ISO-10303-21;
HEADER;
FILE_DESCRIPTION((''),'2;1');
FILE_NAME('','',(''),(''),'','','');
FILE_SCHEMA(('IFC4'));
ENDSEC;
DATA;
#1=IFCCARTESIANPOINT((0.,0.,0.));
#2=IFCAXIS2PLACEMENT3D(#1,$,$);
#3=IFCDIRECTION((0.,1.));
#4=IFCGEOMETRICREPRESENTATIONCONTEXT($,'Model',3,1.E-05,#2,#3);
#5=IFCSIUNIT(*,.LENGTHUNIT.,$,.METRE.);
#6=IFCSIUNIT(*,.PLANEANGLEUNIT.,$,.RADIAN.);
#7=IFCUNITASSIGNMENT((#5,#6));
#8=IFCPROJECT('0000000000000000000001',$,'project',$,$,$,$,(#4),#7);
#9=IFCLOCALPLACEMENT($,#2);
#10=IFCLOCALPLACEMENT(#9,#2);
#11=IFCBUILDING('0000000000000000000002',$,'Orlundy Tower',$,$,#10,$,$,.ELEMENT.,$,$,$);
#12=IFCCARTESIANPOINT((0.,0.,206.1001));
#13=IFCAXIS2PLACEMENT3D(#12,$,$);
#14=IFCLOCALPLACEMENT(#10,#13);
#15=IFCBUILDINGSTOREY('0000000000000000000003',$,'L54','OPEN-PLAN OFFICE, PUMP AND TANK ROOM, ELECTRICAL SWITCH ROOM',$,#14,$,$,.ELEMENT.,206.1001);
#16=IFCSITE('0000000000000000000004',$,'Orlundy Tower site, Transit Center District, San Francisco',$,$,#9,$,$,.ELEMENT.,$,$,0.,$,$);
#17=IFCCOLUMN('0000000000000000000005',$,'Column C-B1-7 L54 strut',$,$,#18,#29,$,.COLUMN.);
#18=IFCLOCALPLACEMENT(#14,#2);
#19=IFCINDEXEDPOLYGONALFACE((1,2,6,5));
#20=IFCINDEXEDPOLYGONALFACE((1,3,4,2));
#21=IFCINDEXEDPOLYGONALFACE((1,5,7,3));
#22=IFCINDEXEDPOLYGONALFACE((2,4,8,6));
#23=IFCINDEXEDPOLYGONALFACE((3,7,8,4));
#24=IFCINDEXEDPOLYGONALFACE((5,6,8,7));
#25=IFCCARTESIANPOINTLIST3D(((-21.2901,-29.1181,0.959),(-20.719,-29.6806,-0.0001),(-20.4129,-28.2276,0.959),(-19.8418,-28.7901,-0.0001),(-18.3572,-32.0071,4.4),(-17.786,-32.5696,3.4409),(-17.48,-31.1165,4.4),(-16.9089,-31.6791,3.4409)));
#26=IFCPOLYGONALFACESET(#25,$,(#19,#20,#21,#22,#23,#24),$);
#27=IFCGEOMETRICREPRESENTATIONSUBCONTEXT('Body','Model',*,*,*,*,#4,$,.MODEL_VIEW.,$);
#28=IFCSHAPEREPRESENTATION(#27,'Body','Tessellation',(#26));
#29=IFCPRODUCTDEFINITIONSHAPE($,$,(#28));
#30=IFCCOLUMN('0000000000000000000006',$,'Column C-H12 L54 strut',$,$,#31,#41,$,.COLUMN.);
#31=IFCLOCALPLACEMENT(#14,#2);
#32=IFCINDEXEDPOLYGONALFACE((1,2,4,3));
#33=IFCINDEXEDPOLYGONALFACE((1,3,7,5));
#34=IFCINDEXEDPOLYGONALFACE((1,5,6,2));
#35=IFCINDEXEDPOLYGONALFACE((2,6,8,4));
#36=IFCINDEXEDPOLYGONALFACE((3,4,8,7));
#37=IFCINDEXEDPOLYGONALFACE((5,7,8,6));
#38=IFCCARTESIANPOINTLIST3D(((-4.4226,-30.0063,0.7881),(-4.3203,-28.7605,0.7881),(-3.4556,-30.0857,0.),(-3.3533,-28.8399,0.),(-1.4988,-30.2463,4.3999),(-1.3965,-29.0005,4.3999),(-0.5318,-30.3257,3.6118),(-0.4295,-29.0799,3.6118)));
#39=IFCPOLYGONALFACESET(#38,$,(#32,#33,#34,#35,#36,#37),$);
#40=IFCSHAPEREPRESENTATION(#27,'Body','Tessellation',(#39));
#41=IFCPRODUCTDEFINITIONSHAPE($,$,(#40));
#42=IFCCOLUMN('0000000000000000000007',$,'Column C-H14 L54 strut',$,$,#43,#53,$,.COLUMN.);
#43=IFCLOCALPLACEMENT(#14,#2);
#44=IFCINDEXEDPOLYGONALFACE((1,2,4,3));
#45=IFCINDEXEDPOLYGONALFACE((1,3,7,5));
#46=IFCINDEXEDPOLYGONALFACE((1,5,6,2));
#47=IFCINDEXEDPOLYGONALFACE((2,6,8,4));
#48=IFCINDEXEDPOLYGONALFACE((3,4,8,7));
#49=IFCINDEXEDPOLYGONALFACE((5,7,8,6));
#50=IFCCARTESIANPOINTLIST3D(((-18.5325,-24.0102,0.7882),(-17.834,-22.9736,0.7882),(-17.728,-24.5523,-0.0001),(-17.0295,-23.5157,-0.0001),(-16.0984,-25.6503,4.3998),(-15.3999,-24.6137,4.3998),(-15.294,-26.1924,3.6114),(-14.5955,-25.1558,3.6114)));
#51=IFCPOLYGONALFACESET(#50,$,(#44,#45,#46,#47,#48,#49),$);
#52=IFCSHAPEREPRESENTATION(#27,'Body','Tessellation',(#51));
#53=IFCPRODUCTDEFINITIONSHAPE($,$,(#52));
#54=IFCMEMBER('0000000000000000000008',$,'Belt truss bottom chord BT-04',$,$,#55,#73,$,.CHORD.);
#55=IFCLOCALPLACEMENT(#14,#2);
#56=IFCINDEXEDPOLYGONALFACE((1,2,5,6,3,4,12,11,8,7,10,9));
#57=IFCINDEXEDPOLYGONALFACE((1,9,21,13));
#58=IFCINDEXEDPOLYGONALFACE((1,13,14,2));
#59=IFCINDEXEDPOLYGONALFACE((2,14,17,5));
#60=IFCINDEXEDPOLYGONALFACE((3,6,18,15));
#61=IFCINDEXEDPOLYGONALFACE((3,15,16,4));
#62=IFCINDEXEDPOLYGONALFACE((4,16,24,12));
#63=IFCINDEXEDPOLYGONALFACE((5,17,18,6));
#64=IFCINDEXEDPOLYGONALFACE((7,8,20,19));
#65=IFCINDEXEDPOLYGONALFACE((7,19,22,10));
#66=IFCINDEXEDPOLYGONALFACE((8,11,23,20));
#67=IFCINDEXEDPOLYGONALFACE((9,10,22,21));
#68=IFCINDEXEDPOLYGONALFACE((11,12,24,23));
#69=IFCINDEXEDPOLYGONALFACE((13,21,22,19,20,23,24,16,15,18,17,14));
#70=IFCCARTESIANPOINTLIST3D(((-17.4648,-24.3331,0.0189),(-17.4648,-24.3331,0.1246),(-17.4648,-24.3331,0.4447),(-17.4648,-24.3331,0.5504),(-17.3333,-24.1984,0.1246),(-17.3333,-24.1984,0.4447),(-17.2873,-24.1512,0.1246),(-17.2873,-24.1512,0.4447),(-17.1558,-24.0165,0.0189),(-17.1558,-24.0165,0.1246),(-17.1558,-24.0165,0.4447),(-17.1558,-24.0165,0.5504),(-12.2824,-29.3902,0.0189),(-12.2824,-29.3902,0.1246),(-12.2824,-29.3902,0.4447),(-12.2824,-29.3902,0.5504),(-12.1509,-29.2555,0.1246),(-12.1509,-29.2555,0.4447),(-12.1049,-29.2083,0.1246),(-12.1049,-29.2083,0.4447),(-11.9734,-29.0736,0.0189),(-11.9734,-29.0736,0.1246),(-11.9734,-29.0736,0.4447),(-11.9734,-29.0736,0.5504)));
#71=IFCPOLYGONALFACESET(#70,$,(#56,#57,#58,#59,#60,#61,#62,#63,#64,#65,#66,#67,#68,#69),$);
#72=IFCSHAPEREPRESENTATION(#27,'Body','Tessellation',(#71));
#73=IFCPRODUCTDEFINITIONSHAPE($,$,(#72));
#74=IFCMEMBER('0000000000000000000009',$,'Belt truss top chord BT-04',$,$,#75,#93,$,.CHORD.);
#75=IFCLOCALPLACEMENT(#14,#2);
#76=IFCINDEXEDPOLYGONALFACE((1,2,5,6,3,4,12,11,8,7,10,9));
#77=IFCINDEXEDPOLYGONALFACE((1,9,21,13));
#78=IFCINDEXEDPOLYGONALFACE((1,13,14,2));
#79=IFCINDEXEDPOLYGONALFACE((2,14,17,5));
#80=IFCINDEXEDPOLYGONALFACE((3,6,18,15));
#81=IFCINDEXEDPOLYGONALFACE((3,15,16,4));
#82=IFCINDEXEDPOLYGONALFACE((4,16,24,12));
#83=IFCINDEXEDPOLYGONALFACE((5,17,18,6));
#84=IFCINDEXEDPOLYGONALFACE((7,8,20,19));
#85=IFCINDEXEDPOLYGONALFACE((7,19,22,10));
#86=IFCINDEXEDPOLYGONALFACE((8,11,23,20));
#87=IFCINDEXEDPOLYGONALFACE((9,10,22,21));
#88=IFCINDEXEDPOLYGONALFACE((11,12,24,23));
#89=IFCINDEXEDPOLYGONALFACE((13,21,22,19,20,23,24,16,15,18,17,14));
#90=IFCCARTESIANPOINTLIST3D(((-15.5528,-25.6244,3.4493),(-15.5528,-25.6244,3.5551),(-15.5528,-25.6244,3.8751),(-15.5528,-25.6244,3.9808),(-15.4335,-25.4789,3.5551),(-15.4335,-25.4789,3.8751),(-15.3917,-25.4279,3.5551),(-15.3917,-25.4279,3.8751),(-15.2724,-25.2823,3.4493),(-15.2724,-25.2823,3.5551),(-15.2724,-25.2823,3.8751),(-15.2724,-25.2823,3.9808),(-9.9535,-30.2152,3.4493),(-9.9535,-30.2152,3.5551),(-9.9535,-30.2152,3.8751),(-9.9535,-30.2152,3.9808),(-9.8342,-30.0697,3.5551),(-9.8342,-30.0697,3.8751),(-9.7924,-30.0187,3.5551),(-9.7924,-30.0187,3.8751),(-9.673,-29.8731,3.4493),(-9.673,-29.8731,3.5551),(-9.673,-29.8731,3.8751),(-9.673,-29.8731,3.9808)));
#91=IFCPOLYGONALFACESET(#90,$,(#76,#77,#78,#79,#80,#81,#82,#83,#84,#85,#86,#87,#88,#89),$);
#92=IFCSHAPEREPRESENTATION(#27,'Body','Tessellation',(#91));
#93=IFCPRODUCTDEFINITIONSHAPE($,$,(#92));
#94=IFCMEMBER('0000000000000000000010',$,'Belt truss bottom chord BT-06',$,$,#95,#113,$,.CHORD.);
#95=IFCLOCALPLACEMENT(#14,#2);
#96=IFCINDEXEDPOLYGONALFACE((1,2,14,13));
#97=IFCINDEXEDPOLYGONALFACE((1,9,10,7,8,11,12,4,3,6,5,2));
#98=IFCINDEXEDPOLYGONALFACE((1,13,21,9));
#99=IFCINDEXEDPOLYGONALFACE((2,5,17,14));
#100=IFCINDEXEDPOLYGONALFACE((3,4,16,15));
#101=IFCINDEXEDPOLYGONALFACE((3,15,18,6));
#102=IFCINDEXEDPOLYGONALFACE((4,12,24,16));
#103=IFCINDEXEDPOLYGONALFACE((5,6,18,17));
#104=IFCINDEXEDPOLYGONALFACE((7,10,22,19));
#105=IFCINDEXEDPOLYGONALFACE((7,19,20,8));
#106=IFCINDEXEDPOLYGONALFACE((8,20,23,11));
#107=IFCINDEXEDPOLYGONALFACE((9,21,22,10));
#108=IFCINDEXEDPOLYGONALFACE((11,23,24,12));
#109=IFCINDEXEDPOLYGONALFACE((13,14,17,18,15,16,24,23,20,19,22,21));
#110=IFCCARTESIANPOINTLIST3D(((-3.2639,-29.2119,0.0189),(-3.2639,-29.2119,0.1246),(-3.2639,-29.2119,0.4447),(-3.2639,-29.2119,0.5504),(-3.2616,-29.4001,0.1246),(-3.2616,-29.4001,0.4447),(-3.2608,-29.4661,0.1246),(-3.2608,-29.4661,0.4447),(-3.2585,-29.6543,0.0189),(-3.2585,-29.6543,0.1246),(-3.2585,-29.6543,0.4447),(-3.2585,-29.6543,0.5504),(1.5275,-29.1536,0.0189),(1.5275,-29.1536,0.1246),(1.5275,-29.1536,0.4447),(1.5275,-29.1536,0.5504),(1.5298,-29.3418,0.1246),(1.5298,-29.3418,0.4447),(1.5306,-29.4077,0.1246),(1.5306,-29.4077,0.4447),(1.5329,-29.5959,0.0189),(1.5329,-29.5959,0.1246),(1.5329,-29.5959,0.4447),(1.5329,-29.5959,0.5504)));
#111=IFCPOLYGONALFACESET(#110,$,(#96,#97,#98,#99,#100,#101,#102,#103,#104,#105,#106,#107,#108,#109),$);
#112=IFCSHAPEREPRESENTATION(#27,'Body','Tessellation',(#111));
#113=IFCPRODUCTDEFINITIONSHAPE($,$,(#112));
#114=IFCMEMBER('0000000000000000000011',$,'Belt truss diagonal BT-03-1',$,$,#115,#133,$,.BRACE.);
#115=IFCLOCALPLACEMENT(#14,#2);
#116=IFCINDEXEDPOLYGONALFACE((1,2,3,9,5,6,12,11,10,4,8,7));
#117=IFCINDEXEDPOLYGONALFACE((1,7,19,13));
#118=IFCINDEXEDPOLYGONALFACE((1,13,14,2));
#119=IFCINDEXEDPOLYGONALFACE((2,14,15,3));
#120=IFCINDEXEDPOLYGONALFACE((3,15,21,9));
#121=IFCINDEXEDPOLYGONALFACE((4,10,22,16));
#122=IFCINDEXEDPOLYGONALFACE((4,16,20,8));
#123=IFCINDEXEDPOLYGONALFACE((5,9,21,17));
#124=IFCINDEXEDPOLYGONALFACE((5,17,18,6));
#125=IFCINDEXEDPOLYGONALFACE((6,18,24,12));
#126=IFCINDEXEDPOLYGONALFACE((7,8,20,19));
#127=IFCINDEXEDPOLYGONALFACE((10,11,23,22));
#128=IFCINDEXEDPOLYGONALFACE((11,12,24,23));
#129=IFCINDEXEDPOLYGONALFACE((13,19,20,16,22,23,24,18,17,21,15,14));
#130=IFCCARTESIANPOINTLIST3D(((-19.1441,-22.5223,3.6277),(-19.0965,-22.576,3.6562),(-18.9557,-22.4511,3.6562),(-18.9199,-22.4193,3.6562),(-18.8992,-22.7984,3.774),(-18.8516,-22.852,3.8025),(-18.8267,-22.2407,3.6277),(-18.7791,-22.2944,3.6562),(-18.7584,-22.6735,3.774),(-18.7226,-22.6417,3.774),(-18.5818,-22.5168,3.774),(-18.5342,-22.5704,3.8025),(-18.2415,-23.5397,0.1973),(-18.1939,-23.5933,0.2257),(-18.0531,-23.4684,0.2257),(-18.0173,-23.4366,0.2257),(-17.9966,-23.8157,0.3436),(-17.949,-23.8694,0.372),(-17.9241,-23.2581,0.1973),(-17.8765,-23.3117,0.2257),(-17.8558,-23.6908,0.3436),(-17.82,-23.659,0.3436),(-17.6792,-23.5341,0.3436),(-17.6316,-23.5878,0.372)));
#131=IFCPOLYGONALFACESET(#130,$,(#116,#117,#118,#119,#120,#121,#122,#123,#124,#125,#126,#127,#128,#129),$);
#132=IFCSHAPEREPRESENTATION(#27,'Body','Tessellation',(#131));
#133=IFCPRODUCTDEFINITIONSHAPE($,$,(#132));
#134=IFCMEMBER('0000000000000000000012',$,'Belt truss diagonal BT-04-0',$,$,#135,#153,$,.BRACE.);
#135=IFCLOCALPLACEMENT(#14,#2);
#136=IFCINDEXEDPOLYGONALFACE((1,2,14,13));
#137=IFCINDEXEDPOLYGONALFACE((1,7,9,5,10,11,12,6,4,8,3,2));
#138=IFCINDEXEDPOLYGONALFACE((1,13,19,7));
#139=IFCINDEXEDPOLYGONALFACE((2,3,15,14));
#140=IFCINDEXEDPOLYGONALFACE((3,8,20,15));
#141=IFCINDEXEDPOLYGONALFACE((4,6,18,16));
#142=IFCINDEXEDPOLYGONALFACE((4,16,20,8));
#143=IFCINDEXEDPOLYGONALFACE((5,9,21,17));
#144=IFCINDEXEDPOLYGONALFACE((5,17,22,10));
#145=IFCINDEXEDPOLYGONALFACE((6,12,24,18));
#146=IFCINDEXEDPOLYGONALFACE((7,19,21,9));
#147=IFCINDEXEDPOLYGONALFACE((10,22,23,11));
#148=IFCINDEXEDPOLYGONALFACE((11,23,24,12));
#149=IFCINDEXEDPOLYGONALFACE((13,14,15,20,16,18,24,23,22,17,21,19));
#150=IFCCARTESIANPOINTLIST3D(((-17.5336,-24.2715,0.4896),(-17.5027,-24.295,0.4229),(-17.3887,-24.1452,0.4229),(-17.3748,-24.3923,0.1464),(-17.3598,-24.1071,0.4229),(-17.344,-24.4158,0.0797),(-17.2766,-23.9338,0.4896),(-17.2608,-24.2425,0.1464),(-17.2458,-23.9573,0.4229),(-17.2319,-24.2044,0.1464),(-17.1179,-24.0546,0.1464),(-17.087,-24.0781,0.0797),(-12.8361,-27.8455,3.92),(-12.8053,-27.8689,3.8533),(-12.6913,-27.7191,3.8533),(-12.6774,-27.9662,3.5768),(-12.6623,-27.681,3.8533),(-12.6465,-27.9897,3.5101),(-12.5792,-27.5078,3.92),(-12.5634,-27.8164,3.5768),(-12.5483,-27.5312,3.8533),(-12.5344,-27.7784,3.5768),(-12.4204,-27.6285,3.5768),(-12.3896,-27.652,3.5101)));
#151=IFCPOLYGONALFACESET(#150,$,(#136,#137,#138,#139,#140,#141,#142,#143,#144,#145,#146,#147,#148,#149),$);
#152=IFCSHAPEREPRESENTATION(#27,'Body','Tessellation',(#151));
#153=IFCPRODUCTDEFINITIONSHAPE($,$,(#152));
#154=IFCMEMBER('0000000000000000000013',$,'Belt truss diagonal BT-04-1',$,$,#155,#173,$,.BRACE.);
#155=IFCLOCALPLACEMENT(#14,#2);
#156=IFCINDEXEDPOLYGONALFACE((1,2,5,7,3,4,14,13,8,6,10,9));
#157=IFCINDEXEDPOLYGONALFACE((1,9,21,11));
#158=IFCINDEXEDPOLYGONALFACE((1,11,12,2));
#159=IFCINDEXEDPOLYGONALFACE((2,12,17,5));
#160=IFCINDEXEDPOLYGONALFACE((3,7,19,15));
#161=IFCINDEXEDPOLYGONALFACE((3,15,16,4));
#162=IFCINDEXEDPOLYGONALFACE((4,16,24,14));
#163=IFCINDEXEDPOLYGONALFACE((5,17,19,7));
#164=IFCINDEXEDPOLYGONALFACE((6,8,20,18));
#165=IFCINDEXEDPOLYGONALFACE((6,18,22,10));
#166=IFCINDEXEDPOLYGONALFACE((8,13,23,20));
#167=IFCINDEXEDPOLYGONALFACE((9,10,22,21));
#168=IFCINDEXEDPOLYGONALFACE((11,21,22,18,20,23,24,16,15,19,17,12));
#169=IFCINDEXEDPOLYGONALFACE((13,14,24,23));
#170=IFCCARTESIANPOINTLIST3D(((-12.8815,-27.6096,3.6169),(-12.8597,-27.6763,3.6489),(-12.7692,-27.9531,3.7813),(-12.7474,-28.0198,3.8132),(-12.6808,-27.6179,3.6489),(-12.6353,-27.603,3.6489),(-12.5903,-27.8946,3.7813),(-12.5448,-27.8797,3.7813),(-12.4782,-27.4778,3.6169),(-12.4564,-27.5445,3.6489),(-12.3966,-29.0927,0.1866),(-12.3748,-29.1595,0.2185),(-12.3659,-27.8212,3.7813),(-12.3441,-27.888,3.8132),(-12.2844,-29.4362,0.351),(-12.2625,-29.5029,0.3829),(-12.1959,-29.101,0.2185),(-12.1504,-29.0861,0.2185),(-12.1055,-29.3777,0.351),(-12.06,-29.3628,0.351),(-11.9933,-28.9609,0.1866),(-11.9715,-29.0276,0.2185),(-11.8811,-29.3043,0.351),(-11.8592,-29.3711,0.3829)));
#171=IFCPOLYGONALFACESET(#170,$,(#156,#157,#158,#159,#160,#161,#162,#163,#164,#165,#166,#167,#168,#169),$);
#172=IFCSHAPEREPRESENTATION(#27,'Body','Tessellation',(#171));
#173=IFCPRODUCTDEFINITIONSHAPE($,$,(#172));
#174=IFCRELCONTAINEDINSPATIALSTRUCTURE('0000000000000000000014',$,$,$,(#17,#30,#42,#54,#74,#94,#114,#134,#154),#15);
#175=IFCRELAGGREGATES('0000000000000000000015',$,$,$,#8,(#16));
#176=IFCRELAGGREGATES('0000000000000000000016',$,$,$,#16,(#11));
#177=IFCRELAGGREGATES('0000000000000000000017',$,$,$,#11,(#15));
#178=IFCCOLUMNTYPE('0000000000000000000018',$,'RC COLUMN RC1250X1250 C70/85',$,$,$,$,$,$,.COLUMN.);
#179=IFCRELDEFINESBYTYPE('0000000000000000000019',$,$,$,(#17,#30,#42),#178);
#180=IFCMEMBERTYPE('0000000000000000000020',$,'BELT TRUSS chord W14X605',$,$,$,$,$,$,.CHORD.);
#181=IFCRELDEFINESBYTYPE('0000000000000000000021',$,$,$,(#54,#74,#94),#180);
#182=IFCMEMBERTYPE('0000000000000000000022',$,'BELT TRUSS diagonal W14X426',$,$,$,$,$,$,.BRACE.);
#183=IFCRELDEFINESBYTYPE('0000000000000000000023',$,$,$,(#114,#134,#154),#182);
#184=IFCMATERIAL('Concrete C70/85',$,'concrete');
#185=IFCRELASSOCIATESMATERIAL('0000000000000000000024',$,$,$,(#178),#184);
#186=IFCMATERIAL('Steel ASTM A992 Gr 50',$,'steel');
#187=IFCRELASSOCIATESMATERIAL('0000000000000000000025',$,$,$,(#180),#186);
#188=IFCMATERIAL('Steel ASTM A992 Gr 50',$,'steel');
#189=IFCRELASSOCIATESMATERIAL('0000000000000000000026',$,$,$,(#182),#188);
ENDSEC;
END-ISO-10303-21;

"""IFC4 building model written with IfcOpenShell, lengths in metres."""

from ifc_helpers import new_model, si_unit, direction, frame, origin, origin_2d, place, context, subcontext, project, spatial, rectangle, i_section, extrude, material, material_profile, profile_set, type_object, element, save


model = new_model("IFC4")

# Units and contexts
model_context = context("Model", 3, precision=1e-05, world=origin(), true_north=direction((0.0, 1.0)))
body_context = subcontext(model_context, "Body", "Model", "MODEL_VIEW")
ifc_project = project(units=[si_unit("LENGTHUNIT", "METRE"), si_unit("PLANEANGLEUNIT", "RADIAN")], contexts=[model_context])

# Site, building, storey
site_placement = place(None, origin())
site = spatial("IfcSite", under=ifc_project, at=site_placement, Name="Orlundy Tower site, Transit Center District, San Francisco", CompositionType="ELEMENT", RefElevation=0.0)
building_placement = place(site_placement, origin())
building = spatial("IfcBuilding", under=site, at=building_placement, Name="Orlundy Tower", CompositionType="ELEMENT")
storey_placement = place(building_placement, frame((0.0, 0.0, 206.1001)))
storey = spatial("IfcBuildingStorey", under=building, at=storey_placement, Name="L54", Description="OPEN-PLAN OFFICE, PUMP AND TANK ROOM, ELECTRICAL SWITCH ROOM", CompositionType="ELEMENT", Elevation=206.1001)

# Columns
ifc_material_1 = material(Name="Concrete C70/85", Category="concrete")
ifc_material_profile_1 = material_profile(ifc_material_1, rectangle(XDim=1.25, YDim=1.25, at=origin_2d()), Name="RC1250X1250")
ifc_profile_set_1 = profile_set([ifc_material_profile_1], Name="Concrete C70/85")
column_type = type_object("IfcColumnType", Name="RC COLUMN RC1250X1250 C70/85", PredefinedType="COLUMN", material=ifc_profile_set_1)
column_1_placement = place(storey_placement, frame((-20.5659, -28.9541, 0.4795), z_axis=(0.546626, -0.538435, 0.641317), x_axis=(0.701749, 0.712424, 0.0)))
element("IfcColumn", 1, at=column_1_placement, inside=storey, type_object=column_type, Name="Column C-B1-7 L54 strut", PredefinedType="COLUMN", context=body_context, shape_type="SweptSolid", body=[
    extrude(rectangle(XDim=1.25, YDim=1.25, at=origin_2d()), origin(), (0.0, 0.0, 1.0), 5.3655),
])
column_2_placement = place(storey_placement, frame((-3.8879, -29.4231, 0.394), z_axis=(0.628358, -0.051576, 0.776213), x_axis=(0.081806, 0.996648, 0.0)))
element("IfcColumn", 2, at=column_2_placement, inside=storey, type_object=column_type, Name="Column C-H12 L54 strut", PredefinedType="COLUMN", context=body_context, shape_type="SweptSolid", body=[
    extrude(rectangle(XDim=1.25, YDim=1.25, at=origin_2d()), origin(), (0.0, 0.0, 1.0), 4.6531),
])
column_3_placement = place(storey_placement, frame((-17.781, -23.7629, 0.394), z_axis=(0.523026, -0.352426, 0.776041), x_axis=(0.558801, 0.829302, 0.0)))
element("IfcColumn", 3, at=column_3_placement, inside=storey, type_object=column_type, Name="Column C-H14 L54 strut", PredefinedType="COLUMN", context=body_context, shape_type="SweptSolid", body=[
    extrude(rectangle(XDim=1.25, YDim=1.25, at=origin_2d()), origin(), (0.0, 0.0, 1.0), 4.6538),
])

# Members
ifc_material_2 = material(Name="Steel ASTM A992 Gr 50", Category="steel")
ifc_material_profile_2 = material_profile(ifc_material_2, i_section(OverallWidth=0.4424, OverallDepth=0.5315, WebThickness=0.0659, FlangeThickness=0.1057, at=origin_2d()), Name="W14X605")
ifc_profile_set_2 = profile_set([ifc_material_profile_2], Name="Steel ASTM A992 Gr 50")
member_type_1 = type_object("IfcMemberType", Name="BELT TRUSS chord W14X605", PredefinedType="CHORD", material=ifc_profile_set_2)
member_1_placement = place(storey_placement, frame((-17.3103, -24.1748, 0.2847), z_axis=(0.715702, -0.698406, 0.0), x_axis=(0.698406, 0.715702, 0.0)))
element("IfcMember", 4, at=member_1_placement, inside=storey, type_object=member_type_1, Name="Belt truss bottom chord BT-04", PredefinedType="CHORD", context=body_context, shape_type="SweptSolid", body=[
    extrude(i_section(OverallWidth=0.4424, OverallDepth=0.5315, WebThickness=0.0659, FlangeThickness=0.1057, at=origin_2d()), origin(), (0.0, 0.0, 1.0), 7.241),
])
member_2_placement = place(storey_placement, frame((-15.4126, -25.4534, 3.7151), z_axis=(0.773312, -0.634025, 0.0), x_axis=(0.634025, 0.773312, 0.0)))
element("IfcMember", 5, at=member_2_placement, inside=storey, type_object=member_type_1, Name="Belt truss top chord BT-04", PredefinedType="CHORD", context=body_context, shape_type="SweptSolid", body=[
    extrude(i_section(OverallWidth=0.4424, OverallDepth=0.5315, WebThickness=0.0659, FlangeThickness=0.1057, at=origin_2d()), origin(), (0.0, 0.0, 1.0), 7.2407),
])
member_3_placement = place(storey_placement, frame((-3.2612, -29.4331, 0.2847), z_axis=(0.999926, 0.012177, 0.0), x_axis=(-0.012177, 0.999926, 0.0)))
element("IfcMember", 6, at=member_3_placement, inside=storey, type_object=member_type_1, Name="Belt truss bottom chord BT-06", PredefinedType="CHORD", context=body_context, shape_type="SweptSolid", body=[
    extrude(i_section(OverallWidth=0.4424, OverallDepth=0.5315, WebThickness=0.0659, FlangeThickness=0.1057, at=origin_2d()), origin(), (0.0, 0.0, 1.0), 4.7917),
])
ifc_material_3 = material(Name="Steel ASTM A992 Gr 50", Category="steel")
ifc_material_profile_3 = material_profile(ifc_material_3, i_section(OverallWidth=0.4243, OverallDepth=0.4741, WebThickness=0.0479, FlangeThickness=0.0771, at=origin_2d()), Name="W14X426")
ifc_profile_set_3 = profile_set([ifc_material_profile_3], Name="Steel ASTM A992 Gr 50")
member_type_2 = type_object("IfcMemberType", Name="BELT TRUSS diagonal W14X426", PredefinedType="BRACE", material=ifc_profile_set_3)
member_4_placement = place(storey_placement, frame((-18.8391, -22.5464, 3.7151), z_axis=(0.244592, -0.275687, -0.929608), x_axis=(0.748033, 0.663662, 0.0)))
element("IfcMember", 7, at=member_4_placement, inside=storey, type_object=member_type_2, Name="Belt truss diagonal BT-03-1", PredefinedType="BRACE", context=body_context, shape_type="SweptSolid", body=[
    extrude(i_section(OverallWidth=0.4243, OverallDepth=0.4741, WebThickness=0.0479, FlangeThickness=0.0771, at=origin_2d()), origin(), (0.0, 0.0, 1.0), 3.6902),
])
member_5_placement = place(storey_placement, frame((-17.3103, -24.1748, 0.2847), z_axis=(0.68808, -0.523507, 0.50248), x_axis=(0.605498, 0.795846, 0.0)))
element("IfcMember", 8, at=member_5_placement, inside=storey, type_object=member_type_2, Name="Belt truss diagonal BT-04-0", PredefinedType="BRACE", context=body_context, shape_type="SweptSolid", body=[
    extrude(i_section(OverallWidth=0.4243, OverallDepth=0.4741, WebThickness=0.0479, FlangeThickness=0.0771, at=origin_2d()), origin(), (0.0, 0.0, 1.0), 6.8269),
])
member_6_placement = place(storey_placement, frame((-12.6128, -27.7488, 3.7151), z_axis=(0.128657, -0.393552, -0.910255), x_axis=(0.950498, 0.310731, 0.0)))
element("IfcMember", 9, at=member_6_placement, inside=storey, type_object=member_type_2, Name="Belt truss diagonal BT-04-1", PredefinedType="BRACE", context=body_context, shape_type="SweptSolid", body=[
    extrude(i_section(OverallWidth=0.4243, OverallDepth=0.4741, WebThickness=0.0479, FlangeThickness=0.0771, at=origin_2d()), origin(), (0.0, 0.0, 1.0), 3.7686),
])

save(model, "model.ifc")
